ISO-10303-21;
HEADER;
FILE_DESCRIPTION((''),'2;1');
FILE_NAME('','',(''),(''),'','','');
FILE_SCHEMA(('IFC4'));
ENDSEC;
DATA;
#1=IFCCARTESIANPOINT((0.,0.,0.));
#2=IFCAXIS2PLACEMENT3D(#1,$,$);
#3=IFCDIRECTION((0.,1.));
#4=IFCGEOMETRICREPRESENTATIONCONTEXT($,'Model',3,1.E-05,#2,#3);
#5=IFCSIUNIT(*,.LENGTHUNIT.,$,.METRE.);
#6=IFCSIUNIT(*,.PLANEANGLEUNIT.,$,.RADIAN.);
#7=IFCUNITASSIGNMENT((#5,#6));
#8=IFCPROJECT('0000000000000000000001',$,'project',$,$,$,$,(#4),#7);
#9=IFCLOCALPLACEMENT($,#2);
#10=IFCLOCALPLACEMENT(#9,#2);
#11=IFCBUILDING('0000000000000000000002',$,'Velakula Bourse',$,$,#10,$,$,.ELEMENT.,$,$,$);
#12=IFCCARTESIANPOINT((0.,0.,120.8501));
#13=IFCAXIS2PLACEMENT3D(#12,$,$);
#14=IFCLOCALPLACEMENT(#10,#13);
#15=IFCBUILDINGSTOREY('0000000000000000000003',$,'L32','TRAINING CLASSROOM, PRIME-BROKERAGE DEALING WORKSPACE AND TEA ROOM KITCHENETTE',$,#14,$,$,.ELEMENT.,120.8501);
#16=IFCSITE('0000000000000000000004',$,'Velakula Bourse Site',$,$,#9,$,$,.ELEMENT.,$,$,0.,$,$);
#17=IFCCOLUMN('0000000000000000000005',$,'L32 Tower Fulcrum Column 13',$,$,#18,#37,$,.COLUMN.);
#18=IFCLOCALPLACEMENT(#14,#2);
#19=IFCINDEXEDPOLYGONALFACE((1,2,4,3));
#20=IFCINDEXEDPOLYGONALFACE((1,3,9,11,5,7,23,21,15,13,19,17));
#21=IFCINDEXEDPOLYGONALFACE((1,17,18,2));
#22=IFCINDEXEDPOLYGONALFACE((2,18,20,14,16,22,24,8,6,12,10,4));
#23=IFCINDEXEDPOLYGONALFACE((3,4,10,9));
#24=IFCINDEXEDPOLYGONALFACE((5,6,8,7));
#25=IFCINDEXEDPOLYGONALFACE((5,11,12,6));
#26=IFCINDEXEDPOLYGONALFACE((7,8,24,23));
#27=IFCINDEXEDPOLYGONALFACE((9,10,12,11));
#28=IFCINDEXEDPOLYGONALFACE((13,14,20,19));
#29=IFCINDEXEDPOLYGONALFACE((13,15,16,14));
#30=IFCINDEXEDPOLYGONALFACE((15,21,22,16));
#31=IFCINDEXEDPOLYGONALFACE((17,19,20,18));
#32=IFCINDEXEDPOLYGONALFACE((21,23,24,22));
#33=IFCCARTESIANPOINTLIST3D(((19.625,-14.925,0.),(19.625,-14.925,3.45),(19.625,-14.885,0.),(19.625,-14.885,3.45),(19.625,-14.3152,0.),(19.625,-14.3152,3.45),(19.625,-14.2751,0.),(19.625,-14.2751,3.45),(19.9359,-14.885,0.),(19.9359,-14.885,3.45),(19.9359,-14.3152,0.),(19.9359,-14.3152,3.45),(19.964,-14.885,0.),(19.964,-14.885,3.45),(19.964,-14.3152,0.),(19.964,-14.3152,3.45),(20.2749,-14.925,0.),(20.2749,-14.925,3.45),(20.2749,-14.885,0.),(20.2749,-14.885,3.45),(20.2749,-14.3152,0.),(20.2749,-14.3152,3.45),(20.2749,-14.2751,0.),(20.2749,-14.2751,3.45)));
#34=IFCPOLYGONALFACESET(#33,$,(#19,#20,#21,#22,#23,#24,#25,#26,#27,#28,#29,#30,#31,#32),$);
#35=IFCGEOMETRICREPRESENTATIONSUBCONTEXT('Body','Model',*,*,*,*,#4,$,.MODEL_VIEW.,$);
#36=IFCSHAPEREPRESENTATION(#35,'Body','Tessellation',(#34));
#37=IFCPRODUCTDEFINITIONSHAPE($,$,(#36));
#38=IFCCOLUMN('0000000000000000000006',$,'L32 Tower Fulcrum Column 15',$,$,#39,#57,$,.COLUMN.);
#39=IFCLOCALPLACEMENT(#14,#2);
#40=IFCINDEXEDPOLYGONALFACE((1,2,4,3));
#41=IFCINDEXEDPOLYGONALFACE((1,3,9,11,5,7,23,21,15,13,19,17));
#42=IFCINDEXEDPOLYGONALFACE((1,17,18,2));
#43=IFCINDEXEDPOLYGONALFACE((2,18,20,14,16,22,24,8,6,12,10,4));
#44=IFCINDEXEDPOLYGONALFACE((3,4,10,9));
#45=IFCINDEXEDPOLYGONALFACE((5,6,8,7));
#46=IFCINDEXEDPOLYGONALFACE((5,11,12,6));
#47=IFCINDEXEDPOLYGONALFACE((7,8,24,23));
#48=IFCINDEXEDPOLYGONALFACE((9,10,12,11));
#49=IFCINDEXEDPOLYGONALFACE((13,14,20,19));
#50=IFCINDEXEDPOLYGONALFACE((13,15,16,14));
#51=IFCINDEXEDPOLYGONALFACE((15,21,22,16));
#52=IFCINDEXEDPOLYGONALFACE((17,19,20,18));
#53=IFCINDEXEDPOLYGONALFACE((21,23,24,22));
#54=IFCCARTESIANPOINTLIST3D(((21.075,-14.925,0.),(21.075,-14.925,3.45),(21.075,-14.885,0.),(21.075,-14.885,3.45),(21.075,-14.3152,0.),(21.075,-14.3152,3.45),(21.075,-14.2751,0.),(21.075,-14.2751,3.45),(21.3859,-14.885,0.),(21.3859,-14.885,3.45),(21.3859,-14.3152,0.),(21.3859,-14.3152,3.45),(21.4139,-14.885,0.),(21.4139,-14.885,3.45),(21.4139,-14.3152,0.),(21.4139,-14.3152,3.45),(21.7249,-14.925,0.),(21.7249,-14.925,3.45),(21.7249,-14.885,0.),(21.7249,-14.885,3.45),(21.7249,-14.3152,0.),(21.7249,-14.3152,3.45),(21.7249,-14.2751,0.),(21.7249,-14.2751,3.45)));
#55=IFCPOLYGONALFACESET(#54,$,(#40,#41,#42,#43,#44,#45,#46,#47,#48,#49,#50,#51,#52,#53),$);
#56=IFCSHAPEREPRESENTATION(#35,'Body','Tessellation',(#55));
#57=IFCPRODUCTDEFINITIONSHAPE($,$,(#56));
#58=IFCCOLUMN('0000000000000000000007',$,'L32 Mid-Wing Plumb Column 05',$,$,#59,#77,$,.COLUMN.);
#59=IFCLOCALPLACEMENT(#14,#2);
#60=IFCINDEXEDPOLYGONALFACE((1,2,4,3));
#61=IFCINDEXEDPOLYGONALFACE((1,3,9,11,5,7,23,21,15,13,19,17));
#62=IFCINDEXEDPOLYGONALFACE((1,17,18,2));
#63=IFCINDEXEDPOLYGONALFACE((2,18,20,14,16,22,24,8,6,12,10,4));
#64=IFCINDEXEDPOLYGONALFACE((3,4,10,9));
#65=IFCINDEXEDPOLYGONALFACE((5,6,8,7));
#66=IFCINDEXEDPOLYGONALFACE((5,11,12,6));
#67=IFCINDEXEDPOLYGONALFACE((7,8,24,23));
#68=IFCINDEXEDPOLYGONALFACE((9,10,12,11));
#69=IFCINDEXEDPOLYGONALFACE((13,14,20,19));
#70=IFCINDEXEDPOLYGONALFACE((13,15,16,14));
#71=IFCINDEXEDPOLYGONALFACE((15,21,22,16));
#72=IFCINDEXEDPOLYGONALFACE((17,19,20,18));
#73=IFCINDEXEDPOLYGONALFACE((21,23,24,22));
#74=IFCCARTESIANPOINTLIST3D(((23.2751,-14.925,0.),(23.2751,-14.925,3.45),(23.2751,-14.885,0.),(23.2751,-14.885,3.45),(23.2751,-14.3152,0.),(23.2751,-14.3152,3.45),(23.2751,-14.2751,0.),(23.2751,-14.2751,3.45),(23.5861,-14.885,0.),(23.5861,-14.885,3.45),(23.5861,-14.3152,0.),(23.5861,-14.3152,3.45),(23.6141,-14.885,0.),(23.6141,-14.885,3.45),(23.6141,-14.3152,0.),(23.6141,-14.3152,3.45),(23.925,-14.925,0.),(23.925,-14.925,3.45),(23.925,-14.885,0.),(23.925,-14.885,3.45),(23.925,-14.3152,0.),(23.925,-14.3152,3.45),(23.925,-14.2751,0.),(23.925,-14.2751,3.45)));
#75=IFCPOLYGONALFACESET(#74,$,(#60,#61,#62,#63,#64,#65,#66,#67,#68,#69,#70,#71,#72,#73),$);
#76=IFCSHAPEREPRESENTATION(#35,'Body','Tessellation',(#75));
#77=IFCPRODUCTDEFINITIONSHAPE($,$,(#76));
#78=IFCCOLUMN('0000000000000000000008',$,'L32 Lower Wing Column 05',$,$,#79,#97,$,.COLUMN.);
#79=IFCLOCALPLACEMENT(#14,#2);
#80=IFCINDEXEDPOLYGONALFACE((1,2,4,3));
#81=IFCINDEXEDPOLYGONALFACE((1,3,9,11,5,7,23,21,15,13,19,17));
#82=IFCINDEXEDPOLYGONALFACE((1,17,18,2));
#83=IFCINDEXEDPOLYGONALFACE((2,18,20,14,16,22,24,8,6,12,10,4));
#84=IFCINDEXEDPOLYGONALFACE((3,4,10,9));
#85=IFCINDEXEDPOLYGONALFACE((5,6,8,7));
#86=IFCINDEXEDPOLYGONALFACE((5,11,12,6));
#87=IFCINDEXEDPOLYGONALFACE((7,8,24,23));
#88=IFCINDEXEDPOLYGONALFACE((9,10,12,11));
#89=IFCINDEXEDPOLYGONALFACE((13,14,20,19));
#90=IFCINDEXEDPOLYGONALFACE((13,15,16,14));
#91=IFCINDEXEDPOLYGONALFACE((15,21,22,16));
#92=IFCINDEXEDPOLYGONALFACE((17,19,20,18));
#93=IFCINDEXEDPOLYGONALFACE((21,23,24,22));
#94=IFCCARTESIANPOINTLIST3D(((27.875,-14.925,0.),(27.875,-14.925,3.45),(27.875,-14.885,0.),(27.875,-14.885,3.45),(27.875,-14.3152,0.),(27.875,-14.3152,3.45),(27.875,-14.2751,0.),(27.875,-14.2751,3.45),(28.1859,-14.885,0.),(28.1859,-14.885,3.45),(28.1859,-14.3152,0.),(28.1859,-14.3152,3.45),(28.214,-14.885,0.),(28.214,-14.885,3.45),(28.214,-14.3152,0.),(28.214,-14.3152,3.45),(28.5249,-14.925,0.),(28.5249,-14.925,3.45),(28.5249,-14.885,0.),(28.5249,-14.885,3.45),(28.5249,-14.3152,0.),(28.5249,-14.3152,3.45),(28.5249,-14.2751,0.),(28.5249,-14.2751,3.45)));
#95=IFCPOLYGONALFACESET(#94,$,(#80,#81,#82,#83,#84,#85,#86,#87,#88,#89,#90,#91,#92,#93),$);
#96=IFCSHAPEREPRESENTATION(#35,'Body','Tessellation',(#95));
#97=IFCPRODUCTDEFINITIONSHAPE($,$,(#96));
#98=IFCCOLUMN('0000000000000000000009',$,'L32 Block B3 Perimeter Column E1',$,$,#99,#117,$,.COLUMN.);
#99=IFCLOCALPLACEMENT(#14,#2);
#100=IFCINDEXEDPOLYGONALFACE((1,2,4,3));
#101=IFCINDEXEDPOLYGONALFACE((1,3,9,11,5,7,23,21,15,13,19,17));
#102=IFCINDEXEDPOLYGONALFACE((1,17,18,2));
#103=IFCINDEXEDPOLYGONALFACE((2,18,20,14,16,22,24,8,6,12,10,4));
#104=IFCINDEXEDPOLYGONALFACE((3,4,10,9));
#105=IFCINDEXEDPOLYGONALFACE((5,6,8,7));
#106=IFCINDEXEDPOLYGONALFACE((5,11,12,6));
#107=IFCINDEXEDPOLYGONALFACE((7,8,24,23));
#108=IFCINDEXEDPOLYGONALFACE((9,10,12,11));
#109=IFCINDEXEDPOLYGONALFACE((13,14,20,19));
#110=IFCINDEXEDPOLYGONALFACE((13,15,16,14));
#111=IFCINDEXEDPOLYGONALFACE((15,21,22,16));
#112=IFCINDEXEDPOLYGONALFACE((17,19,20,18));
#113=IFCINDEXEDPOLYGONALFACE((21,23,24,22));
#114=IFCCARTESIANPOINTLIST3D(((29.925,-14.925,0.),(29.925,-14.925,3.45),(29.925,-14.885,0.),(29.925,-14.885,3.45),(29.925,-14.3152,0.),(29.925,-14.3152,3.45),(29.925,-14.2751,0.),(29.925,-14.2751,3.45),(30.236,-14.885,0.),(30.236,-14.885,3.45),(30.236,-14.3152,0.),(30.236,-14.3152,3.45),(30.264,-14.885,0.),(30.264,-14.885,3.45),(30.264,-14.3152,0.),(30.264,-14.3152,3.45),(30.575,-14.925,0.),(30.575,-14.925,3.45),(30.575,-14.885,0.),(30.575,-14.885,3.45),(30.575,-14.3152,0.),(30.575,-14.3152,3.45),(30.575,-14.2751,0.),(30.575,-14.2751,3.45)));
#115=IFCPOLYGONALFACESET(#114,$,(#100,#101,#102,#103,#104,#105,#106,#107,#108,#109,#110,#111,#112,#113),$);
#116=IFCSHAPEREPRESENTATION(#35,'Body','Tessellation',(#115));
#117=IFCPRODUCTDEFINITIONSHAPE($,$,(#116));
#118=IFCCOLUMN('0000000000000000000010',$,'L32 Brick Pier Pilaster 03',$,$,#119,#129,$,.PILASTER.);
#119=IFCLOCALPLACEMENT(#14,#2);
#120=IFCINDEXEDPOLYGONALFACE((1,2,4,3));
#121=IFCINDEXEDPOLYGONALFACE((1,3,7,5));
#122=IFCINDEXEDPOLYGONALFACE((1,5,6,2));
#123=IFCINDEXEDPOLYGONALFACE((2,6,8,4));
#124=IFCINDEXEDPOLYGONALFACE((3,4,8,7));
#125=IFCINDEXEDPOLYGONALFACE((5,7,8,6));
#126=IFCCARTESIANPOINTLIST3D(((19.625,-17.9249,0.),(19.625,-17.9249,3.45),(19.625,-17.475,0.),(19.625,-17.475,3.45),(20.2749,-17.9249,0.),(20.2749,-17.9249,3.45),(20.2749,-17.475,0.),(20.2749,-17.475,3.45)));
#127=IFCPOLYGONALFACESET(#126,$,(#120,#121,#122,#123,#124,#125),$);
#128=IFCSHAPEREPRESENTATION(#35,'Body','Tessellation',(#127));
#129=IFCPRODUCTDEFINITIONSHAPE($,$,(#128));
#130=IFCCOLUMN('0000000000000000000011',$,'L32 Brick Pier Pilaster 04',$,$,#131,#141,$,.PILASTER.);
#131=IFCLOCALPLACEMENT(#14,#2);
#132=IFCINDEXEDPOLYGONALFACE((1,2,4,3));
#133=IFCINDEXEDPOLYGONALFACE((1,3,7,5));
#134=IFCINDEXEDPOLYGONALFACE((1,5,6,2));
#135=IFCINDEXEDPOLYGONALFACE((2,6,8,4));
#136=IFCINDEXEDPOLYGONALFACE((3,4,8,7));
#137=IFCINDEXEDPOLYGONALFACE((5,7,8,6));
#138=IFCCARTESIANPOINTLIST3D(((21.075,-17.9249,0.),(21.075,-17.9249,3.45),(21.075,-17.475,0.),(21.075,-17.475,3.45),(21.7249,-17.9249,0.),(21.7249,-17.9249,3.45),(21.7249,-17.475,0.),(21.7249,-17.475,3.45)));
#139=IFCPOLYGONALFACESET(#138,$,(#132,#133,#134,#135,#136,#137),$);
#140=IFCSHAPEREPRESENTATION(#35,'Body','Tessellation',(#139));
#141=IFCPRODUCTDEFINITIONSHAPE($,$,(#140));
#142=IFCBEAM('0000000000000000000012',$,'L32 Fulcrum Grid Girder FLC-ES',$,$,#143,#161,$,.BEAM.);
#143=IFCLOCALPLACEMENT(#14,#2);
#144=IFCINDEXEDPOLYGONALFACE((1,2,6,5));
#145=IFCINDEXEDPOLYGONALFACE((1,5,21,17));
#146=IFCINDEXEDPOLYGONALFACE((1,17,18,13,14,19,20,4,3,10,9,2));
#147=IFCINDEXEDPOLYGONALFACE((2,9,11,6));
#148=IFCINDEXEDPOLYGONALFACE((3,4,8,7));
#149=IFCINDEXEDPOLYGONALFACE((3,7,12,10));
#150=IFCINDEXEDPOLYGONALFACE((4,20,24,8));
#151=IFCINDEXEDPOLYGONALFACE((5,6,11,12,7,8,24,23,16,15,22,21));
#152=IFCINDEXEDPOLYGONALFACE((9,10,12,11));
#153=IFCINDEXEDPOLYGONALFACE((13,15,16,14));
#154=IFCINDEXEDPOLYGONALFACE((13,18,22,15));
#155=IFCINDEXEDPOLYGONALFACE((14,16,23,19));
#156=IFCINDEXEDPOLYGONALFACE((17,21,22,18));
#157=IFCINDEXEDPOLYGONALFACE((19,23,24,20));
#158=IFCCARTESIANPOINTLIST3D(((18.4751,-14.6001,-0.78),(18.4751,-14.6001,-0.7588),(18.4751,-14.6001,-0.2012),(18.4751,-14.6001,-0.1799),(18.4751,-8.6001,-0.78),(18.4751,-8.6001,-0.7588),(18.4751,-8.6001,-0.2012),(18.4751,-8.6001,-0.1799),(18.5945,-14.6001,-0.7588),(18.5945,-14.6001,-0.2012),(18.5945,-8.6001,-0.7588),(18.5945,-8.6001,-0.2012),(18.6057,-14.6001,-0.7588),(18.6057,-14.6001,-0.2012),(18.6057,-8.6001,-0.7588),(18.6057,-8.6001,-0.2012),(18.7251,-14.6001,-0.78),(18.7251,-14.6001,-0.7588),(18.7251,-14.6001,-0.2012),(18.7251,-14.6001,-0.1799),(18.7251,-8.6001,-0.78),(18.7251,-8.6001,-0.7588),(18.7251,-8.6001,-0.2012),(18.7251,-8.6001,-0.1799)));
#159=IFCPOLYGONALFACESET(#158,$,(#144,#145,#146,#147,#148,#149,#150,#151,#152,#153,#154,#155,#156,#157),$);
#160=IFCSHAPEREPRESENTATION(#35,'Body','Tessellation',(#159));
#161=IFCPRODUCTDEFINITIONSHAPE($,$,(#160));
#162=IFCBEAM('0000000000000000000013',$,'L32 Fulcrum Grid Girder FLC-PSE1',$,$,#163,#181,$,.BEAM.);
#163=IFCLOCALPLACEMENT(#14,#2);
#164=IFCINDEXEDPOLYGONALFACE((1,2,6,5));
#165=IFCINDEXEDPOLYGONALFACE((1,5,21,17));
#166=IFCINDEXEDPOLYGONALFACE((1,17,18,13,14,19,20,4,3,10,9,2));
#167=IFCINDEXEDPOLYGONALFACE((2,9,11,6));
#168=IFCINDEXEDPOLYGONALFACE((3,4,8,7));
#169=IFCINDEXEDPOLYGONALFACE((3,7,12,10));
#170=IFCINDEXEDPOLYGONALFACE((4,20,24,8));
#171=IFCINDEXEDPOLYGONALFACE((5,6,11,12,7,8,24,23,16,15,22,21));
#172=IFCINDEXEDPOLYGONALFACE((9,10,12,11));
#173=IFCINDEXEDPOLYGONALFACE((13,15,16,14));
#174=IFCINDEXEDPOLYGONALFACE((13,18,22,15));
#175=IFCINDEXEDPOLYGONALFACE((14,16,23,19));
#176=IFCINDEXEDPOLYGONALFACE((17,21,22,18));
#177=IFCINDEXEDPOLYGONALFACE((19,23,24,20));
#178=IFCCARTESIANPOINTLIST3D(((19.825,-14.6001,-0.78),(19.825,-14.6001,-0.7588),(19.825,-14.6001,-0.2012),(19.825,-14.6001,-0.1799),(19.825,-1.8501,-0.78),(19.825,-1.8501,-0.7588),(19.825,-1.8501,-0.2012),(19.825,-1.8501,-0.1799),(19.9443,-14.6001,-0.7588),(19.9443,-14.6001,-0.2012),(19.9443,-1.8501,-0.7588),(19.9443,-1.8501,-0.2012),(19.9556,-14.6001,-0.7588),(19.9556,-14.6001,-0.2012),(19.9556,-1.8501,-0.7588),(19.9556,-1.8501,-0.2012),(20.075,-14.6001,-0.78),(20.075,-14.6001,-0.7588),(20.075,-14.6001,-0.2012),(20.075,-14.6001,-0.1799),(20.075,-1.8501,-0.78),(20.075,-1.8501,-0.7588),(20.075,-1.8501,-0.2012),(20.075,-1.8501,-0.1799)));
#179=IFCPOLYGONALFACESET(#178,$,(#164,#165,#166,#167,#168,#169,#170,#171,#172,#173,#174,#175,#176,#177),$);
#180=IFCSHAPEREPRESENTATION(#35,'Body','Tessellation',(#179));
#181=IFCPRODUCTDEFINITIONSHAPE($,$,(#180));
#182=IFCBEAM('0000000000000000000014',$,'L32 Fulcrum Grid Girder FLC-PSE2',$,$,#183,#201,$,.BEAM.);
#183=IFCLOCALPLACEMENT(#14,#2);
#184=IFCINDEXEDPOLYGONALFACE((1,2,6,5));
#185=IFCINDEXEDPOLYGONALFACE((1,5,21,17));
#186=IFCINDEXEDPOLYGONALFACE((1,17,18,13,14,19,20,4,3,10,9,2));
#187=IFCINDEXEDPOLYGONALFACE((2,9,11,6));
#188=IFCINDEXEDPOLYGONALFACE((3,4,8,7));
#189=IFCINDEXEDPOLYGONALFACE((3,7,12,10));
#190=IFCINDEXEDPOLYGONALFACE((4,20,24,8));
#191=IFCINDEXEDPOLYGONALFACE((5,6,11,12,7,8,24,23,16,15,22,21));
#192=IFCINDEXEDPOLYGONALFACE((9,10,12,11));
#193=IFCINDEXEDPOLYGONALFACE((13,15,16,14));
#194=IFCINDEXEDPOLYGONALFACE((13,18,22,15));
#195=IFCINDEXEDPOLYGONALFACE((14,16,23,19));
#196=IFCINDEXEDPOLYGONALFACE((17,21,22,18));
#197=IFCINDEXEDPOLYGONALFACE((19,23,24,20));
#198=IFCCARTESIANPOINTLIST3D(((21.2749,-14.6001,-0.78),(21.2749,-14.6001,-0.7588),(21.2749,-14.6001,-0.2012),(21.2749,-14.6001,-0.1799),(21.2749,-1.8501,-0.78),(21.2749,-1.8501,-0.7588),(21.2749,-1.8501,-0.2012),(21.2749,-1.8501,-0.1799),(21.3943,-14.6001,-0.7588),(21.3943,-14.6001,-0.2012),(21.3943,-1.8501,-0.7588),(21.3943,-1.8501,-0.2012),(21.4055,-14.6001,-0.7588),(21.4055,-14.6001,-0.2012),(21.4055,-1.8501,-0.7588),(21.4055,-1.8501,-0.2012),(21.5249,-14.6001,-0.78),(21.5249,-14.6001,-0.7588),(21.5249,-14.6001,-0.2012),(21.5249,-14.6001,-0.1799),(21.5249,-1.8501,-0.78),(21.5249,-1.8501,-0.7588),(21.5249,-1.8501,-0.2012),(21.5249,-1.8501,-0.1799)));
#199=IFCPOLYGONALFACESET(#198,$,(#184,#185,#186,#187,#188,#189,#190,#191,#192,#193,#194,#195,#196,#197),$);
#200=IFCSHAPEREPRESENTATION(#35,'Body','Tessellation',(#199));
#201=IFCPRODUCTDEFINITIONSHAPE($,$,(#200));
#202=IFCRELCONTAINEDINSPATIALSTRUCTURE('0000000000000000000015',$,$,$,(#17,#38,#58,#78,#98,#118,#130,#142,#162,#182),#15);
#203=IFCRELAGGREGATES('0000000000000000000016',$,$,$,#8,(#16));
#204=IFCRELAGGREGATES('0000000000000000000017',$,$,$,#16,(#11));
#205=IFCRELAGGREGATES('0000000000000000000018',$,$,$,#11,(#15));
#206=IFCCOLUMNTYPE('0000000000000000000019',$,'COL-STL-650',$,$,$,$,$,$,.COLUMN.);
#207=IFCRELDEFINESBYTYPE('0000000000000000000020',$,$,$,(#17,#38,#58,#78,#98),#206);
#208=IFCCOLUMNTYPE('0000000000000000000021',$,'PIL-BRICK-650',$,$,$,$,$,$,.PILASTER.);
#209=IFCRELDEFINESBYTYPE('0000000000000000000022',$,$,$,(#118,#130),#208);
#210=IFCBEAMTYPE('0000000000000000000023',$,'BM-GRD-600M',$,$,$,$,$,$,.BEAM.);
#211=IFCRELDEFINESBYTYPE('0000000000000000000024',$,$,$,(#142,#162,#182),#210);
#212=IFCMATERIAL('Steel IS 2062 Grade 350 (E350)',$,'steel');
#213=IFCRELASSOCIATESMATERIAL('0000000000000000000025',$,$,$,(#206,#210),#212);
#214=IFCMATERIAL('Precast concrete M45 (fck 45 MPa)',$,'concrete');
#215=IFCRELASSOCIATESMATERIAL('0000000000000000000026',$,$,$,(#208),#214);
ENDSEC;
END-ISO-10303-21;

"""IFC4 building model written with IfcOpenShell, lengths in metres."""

from ifc_helpers import new_model, si_unit, direction, frame, origin, origin_2d, place, context, subcontext, project, spatial, rectangle, i_section, extrude, material, material_profile, profile_set, type_object, element, save


model = new_model("IFC4")

# Units and contexts
model_context = context("Model", 3, precision=1e-05, world=origin(), true_north=direction((0.0, 1.0)))
body_context = subcontext(model_context, "Body", "Model", "MODEL_VIEW")
ifc_project = project(units=[si_unit("LENGTHUNIT", "METRE"), si_unit("PLANEANGLEUNIT", "RADIAN")], contexts=[model_context])

# Site, building, storey
site_placement = place(None, origin())
site = spatial("IfcSite", under=ifc_project, at=site_placement, Name="Velakula Bourse Site", CompositionType="ELEMENT", RefElevation=0.0)
building_placement = place(site_placement, origin())
building = spatial("IfcBuilding", under=site, at=building_placement, Name="Velakula Bourse", CompositionType="ELEMENT")
storey_placement = place(building_placement, frame((0.0, 0.0, 120.8501)))
storey = spatial("IfcBuildingStorey", under=building, at=storey_placement, Name="L32", Description="TRAINING CLASSROOM, PRIME-BROKERAGE DEALING WORKSPACE AND TEA ROOM KITCHENETTE", CompositionType="ELEMENT", Elevation=120.8501)

# Columns
ifc_material_1 = material(Name="Steel IS 2062 Grade 350 (E350)", Category="steel")
ifc_material_profile_1 = material_profile(ifc_material_1, i_section(OverallWidth=0.6499, OverallDepth=0.6499, WebThickness=0.0281, FlangeThickness=0.04, at=origin_2d()), Name="Steel IS 2062 Grade 350 (E350)")
ifc_profile_set_1 = profile_set([ifc_material_profile_1], Name="Steel IS 2062 Grade 350 (E350)")
column_type_1 = type_object("IfcColumnType", Name="COL-STL-650", PredefinedType="COLUMN", material=ifc_profile_set_1)
for number, where, z_axis, x_axis, name in (
    (1, (19.95, -14.6001, 0.0), (0.0, 0.0, 1.0), (1.0, 0.0, 0.0), "L32 Tower Fulcrum Column 13"),
    (2, (21.3999, -14.6001, 0.0), (0.0, 0.0, 1.0), (1.0, 0.0, 0.0), "L32 Tower Fulcrum Column 15"),
    (3, (23.6001, -14.6001, 0.0), (0.0, 0.0, 1.0), (1.0, 0.0, 0.0), "L32 Mid-Wing Plumb Column 05"),
    (4, (28.2, -14.6001, 0.0), (0.0, 0.0, 1.0), (1.0, 0.0, 0.0), "L32 Lower Wing Column 05"),
    (5, (30.25, -14.6001, 0.0), (0.0, 0.0, 1.0), (1.0, 0.0, 0.0), "L32 Block B3 Perimeter Column E1"),
):
    element("IfcColumn", number, at=place(storey_placement, frame(where, z_axis=z_axis, x_axis=x_axis)), inside=storey, type_object=column_type_1, Name=name, PredefinedType="COLUMN", context=body_context, shape_type="SweptSolid", body=[
        extrude(i_section(OverallWidth=0.6499, OverallDepth=0.6499, WebThickness=0.0281, FlangeThickness=0.04, at=origin_2d()), origin(), (0.0, 0.0, 1.0), 3.45),
    ])
ifc_material_2 = material(Name="Precast concrete M45 (fck 45 MPa)", Category="concrete")
ifc_material_profile_2 = material_profile(ifc_material_2, rectangle(XDim=0.6499, YDim=0.45, at=origin_2d()), Name="Precast concrete M45 (fck 45 MPa)")
ifc_profile_set_2 = profile_set([ifc_material_profile_2], Name="Precast concrete M45 (fck 45 MPa)")
column_type_2 = type_object("IfcColumnType", Name="PIL-BRICK-650", PredefinedType="PILASTER", material=ifc_profile_set_2)
for number, where, z_axis, x_axis, name in (
    (6, (19.95, -17.7, 0.0), (0.0, 0.0, 1.0), (1.0, 0.0, 0.0), "L32 Brick Pier Pilaster 03"),
    (7, (21.3999, -17.7, 0.0), (0.0, 0.0, 1.0), (1.0, 0.0, 0.0), "L32 Brick Pier Pilaster 04"),
):
    element("IfcColumn", number, at=place(storey_placement, frame(where, z_axis=z_axis, x_axis=x_axis)), inside=storey, type_object=column_type_2, Name=name, PredefinedType="PILASTER", context=body_context, shape_type="SweptSolid", body=[
        extrude(rectangle(XDim=0.6499, YDim=0.45, at=origin_2d()), origin(), (0.0, 0.0, 1.0), 3.45),
    ])

# Beams
ifc_material_profile_3 = material_profile(ifc_material_1, i_section(OverallWidth=0.25, OverallDepth=0.6001, WebThickness=0.0112, FlangeThickness=0.0212, at=origin_2d()), Name="Steel IS 2062 Grade 350 (E350)")
ifc_profile_set_3 = profile_set([ifc_material_profile_3], Name="Steel IS 2062 Grade 350 (E350)")
beam_type_1 = type_object("IfcBeamType", Name="BM-GRD-600M", PredefinedType="BEAM", material=ifc_profile_set_3)
beam_1_placement = place(storey_placement, frame((18.6001, -14.6001, -0.48), z_axis=(0.0, 1.0, 0.0), x_axis=(-1.0, 0.0, 0.0)))
element("IfcBeam", 8, at=beam_1_placement, inside=storey, type_object=beam_type_1, Name="L32 Fulcrum Grid Girder FLC-ES", PredefinedType="BEAM", context=body_context, shape_type="SweptSolid", body=[
    extrude(i_section(OverallWidth=0.25, OverallDepth=0.6001, WebThickness=0.0112, FlangeThickness=0.0212, at=origin_2d()), origin(), (0.0, 0.0, 1.0), 6.0),
])
for number, where, z_axis, x_axis, name in (
    (9, (19.95, -14.6001, -0.48), (0.0, 1.0, 0.0), (-1.0, 0.0, 0.0), "L32 Fulcrum Grid Girder FLC-PSE1"),
    (10, (21.3999, -14.6001, -0.48), (0.0, 1.0, 0.0), (-1.0, 0.0, 0.0), "L32 Fulcrum Grid Girder FLC-PSE2"),
):
    element("IfcBeam", number, at=place(storey_placement, frame(where, z_axis=z_axis, x_axis=x_axis)), inside=storey, type_object=beam_type_1, Name=name, PredefinedType="BEAM", context=body_context, shape_type="SweptSolid", body=[
        extrude(i_section(OverallWidth=0.25, OverallDepth=0.6001, WebThickness=0.0112, FlangeThickness=0.0212, at=origin_2d()), origin(), (0.0, 0.0, 1.0), 12.75),
    ])

save(model, "model.ifc")
